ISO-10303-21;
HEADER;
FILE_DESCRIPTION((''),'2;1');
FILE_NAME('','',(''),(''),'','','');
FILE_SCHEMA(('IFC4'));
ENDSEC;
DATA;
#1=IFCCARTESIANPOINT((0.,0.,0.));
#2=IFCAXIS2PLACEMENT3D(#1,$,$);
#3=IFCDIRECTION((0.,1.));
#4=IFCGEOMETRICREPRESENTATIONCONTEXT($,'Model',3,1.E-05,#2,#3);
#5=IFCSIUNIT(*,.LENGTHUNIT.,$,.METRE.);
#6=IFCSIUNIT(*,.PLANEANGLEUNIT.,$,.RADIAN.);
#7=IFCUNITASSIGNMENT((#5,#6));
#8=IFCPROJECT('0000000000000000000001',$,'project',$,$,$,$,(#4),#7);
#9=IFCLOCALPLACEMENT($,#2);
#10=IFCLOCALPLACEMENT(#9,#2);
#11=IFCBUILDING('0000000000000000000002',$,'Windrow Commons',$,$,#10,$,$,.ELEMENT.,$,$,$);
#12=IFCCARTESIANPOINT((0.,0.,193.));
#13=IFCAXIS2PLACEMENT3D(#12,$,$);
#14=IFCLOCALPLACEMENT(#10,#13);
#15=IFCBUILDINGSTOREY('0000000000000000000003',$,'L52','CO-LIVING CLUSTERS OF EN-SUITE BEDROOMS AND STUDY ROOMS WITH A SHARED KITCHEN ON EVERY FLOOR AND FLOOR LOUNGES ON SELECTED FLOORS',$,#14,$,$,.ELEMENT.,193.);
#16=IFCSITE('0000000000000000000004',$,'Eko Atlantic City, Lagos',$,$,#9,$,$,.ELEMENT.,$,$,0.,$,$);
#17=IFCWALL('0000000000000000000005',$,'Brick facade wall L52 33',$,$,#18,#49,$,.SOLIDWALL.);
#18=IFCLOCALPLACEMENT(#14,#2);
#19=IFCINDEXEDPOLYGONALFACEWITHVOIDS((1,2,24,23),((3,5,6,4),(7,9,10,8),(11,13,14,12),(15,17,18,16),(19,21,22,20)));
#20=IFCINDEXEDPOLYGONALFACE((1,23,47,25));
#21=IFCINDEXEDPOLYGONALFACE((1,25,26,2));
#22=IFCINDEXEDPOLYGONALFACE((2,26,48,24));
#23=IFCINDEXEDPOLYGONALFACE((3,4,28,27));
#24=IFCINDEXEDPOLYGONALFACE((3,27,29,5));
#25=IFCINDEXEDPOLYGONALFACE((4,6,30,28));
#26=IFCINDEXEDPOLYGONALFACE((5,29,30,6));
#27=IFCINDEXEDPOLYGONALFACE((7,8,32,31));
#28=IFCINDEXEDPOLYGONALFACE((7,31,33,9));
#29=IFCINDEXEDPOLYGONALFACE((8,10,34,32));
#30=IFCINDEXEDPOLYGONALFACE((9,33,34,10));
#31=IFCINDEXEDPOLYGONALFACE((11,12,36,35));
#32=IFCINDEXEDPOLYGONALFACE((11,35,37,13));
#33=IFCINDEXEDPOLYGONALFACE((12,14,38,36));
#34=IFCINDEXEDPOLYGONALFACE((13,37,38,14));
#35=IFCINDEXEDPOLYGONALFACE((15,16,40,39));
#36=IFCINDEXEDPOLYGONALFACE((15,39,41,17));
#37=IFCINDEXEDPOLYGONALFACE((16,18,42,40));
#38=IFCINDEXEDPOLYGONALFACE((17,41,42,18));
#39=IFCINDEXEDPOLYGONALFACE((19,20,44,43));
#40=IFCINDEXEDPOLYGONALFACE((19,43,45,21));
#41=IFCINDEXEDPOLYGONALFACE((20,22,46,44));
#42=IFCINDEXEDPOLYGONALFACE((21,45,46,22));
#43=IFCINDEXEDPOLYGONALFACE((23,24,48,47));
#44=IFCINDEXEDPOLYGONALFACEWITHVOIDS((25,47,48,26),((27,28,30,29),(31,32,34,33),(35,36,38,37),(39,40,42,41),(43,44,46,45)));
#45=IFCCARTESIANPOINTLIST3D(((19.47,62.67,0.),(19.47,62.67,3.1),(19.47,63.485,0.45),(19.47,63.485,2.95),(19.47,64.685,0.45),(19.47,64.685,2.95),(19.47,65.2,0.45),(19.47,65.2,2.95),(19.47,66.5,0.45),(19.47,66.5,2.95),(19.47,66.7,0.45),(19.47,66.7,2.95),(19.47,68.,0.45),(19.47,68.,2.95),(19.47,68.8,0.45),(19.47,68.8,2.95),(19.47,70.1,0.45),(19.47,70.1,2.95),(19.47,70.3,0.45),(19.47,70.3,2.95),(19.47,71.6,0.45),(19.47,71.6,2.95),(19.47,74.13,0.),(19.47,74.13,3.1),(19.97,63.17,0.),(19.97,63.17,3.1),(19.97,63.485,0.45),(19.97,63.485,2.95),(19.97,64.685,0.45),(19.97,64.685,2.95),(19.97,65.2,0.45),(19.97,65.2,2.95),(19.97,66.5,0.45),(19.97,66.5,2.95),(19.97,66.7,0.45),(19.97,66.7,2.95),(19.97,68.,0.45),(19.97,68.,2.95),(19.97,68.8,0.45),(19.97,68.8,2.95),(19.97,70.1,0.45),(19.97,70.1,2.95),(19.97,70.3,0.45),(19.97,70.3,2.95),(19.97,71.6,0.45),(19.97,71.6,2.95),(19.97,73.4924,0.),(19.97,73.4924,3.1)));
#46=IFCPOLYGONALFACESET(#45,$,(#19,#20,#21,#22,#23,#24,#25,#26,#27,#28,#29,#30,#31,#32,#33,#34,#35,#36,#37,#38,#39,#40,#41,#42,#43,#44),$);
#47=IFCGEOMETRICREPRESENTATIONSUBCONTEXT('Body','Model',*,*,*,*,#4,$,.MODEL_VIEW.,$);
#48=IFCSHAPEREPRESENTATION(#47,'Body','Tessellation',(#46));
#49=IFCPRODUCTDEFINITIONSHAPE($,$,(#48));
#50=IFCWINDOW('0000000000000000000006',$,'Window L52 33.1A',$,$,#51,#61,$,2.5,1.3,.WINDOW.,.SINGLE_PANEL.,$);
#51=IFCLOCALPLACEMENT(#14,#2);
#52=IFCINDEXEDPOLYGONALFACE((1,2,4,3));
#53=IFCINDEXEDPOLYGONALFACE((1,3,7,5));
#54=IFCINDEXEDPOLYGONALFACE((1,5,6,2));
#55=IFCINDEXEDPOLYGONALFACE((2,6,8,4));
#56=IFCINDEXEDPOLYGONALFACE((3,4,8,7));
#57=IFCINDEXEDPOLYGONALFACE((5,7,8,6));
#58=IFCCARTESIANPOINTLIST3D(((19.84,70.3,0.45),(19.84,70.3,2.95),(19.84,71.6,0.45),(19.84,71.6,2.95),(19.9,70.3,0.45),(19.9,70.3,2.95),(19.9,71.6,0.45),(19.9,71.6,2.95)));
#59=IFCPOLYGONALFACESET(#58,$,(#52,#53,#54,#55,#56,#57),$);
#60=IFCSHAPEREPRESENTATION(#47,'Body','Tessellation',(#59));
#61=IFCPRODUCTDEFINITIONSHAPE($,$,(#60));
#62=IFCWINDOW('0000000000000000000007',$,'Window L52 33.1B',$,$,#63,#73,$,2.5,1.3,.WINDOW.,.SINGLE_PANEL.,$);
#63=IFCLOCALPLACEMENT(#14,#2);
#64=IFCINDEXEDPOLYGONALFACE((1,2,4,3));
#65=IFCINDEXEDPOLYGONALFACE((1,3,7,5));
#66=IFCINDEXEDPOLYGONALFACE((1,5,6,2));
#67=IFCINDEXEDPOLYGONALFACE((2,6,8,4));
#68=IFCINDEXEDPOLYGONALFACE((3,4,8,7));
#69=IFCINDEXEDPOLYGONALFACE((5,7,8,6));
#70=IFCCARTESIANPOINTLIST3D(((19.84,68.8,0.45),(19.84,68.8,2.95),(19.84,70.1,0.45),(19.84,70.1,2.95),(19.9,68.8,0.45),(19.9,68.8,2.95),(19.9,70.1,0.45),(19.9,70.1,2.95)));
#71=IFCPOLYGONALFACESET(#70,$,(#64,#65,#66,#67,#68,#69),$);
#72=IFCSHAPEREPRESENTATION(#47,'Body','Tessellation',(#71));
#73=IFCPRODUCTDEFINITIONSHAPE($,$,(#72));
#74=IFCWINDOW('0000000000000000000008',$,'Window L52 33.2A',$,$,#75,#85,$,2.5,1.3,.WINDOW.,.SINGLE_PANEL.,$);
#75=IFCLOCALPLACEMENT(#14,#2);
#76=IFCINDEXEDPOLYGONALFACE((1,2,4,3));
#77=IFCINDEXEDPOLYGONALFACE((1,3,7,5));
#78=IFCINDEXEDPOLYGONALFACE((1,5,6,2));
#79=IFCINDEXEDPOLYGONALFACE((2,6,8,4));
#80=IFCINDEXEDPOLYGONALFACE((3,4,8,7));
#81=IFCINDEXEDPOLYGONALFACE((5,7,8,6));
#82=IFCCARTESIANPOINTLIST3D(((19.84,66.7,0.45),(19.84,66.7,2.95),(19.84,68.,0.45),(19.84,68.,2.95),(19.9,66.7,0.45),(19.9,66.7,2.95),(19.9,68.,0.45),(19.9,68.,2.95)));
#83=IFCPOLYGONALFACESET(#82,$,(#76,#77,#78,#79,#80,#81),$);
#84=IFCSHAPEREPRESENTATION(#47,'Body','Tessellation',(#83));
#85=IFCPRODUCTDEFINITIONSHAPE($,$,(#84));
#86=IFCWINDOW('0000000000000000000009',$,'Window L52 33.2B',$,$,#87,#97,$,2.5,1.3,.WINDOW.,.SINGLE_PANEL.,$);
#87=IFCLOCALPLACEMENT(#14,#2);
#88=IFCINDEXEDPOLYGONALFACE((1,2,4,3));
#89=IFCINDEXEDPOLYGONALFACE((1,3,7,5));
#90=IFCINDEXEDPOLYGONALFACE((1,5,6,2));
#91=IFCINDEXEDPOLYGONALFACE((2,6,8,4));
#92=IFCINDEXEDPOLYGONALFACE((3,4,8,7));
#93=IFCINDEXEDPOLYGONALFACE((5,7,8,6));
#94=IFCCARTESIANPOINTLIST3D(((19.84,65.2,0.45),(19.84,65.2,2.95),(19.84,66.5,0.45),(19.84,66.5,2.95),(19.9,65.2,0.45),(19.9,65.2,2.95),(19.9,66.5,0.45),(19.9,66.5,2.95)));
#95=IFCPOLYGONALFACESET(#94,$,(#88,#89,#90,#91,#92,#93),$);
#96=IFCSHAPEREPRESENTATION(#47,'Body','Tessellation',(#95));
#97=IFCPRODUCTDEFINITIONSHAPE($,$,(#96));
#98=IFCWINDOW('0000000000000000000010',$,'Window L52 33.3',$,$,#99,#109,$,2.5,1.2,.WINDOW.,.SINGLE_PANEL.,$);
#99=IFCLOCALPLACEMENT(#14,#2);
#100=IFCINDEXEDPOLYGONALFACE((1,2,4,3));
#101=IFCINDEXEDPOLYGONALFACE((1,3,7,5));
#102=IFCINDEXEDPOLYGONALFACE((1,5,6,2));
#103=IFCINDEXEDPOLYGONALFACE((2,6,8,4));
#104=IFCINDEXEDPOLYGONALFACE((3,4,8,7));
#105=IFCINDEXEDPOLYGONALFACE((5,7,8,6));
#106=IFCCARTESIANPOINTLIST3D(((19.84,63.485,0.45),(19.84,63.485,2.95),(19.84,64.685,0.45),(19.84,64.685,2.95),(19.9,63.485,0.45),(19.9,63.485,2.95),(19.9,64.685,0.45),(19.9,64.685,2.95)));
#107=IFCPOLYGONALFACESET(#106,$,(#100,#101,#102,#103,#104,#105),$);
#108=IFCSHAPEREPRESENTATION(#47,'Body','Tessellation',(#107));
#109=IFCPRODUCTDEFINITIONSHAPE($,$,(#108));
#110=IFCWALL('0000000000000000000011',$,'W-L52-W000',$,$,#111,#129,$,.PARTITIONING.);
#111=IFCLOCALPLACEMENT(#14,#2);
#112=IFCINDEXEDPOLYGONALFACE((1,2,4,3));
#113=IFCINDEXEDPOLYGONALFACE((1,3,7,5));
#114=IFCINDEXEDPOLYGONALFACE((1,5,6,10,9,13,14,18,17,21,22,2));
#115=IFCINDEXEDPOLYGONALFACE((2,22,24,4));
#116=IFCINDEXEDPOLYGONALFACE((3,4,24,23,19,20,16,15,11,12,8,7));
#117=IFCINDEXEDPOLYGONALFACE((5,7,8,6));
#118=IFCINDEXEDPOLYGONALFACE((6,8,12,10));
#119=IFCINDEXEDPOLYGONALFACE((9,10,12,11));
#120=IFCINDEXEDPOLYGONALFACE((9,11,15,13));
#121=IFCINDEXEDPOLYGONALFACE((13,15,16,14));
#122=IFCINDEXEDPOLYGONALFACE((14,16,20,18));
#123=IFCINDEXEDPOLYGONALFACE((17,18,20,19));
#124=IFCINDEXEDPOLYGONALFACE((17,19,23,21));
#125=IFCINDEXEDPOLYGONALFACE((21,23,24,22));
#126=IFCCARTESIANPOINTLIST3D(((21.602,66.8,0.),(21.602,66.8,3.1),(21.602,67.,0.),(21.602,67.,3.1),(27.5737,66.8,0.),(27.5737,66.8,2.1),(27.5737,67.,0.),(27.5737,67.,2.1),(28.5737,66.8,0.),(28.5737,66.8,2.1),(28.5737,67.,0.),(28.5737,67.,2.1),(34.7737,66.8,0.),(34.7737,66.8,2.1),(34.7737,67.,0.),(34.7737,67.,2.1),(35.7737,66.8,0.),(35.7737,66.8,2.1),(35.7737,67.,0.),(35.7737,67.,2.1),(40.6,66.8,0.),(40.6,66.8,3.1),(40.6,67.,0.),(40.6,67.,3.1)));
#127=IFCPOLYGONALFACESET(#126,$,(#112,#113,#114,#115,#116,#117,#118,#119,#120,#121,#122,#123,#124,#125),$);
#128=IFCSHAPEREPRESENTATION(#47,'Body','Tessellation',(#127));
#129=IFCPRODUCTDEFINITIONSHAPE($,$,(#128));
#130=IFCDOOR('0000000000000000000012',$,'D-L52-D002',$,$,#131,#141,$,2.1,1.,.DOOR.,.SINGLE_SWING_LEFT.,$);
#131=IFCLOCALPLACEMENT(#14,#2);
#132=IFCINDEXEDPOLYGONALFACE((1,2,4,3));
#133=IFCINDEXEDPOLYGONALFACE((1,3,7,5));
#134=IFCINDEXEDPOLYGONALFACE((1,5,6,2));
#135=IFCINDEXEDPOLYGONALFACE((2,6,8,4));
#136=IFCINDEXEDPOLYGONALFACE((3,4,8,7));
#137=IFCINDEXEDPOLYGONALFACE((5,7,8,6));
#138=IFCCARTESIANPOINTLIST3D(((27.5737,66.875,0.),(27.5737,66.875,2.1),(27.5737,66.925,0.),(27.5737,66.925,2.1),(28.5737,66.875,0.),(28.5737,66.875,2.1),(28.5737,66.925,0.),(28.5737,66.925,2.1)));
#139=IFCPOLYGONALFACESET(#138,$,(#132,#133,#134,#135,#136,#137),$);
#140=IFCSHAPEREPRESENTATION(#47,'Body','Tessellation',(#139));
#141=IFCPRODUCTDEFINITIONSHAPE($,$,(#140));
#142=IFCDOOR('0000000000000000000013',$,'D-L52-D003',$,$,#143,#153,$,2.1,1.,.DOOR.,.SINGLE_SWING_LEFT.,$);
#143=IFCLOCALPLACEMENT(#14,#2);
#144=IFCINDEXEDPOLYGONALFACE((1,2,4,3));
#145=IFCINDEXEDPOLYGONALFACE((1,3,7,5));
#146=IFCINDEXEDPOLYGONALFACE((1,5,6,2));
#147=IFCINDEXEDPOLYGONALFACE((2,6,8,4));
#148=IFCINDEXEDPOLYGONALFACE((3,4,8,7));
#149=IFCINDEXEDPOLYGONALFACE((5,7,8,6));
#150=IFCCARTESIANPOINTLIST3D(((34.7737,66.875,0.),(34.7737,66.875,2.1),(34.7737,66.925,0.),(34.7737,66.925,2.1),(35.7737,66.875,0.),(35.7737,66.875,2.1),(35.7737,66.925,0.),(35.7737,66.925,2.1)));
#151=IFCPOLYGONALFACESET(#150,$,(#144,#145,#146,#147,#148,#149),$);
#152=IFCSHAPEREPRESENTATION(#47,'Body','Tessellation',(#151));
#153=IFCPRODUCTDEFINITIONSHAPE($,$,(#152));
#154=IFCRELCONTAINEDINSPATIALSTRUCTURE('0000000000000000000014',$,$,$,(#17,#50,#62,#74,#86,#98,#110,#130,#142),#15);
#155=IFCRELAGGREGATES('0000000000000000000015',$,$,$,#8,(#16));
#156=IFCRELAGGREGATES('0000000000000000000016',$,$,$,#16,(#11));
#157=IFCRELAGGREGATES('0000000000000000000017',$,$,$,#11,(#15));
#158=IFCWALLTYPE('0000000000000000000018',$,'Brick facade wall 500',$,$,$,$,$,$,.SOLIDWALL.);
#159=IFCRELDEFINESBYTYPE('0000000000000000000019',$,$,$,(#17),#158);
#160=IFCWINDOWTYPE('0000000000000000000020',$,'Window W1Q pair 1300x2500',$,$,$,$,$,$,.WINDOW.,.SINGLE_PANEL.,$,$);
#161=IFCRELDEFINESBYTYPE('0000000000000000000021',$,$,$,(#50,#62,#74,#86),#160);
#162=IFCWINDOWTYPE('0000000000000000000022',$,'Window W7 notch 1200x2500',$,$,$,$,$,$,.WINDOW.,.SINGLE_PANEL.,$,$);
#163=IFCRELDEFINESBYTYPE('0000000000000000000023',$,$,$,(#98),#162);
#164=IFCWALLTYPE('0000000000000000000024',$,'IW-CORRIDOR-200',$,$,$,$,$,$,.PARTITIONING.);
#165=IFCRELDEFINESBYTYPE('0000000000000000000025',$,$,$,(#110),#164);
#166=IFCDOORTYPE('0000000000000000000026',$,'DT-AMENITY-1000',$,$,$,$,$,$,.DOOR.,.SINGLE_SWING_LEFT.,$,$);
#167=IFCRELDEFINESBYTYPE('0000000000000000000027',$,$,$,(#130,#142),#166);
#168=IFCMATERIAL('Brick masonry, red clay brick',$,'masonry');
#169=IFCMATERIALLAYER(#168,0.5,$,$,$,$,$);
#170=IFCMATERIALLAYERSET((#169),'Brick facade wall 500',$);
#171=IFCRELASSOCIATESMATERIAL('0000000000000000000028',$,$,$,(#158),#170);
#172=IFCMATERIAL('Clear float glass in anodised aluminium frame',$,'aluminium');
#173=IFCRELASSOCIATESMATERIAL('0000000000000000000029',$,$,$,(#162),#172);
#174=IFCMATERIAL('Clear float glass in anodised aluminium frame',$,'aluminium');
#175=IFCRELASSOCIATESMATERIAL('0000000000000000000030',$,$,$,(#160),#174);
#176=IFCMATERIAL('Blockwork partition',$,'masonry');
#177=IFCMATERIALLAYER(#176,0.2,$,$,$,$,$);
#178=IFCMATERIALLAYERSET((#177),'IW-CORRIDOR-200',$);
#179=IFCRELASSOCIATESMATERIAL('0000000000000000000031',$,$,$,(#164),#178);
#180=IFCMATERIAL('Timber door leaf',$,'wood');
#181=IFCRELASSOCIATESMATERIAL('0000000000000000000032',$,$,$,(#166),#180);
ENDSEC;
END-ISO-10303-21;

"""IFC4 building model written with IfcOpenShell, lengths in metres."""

from ifc_helpers import new_model, si_unit, direction, frame, frame_2d, origin, place, context, subcontext, project, spatial, polyline, rectangle, outline, extrude, material, layer, layer_set, type_object, element, fill, save


model = new_model("IFC4")

# Units and contexts
model_context = context("Model", 3, precision=1e-05, world=origin(), true_north=direction((0.0, 1.0)))
body_context = subcontext(model_context, "Body", "Model", "MODEL_VIEW")
ifc_project = project(units=[si_unit("LENGTHUNIT", "METRE"), si_unit("PLANEANGLEUNIT", "RADIAN")], contexts=[model_context])

# Site, building, storey
site_placement = place(None, origin())
site = spatial("IfcSite", under=ifc_project, at=site_placement, Name="Eko Atlantic City, Lagos", CompositionType="ELEMENT", RefElevation=0.0)
building_placement = place(site_placement, origin())
building = spatial("IfcBuilding", under=site, at=building_placement, Name="Windrow Commons", CompositionType="ELEMENT")
storey_placement = place(building_placement, frame((0.0, 0.0, 193.0)))
storey = spatial("IfcBuildingStorey", under=building, at=storey_placement, Name="L52", Description="CO-LIVING CLUSTERS OF EN-SUITE BEDROOMS AND STUDY ROOMS WITH A SHARED KITCHEN ON EVERY FLOOR AND FLOOR LOUNGES ON SELECTED FLOORS", CompositionType="ELEMENT", Elevation=193.0)

# Wall, openings, windows
ifc_material_1 = material(Name="Brick masonry, red clay brick", Category="masonry")
ifc_layer_1 = layer(ifc_material_1, 0.5)
ifc_layer_set_1 = layer_set([ifc_layer_1], Name="Brick facade wall 500")
wall_type_1 = type_object("IfcWallType", Name="Brick facade wall 500", PredefinedType="SOLIDWALL", material=ifc_layer_set_1)
ifc_material_2 = material(Name="Clear float glass in anodised aluminium frame", Category="aluminium")
window_type_1 = type_object("IfcWindowType", Name="Window W7 notch 1200x2500", PartitioningType="SINGLE_PANEL", PredefinedType="WINDOW", material=ifc_material_2)
wall_1_placement = place(storey_placement, frame((19.72, 73.8112, 0.0), z_axis=(0.0, 0.0, 1.0), x_axis=(0.0, -1.0, 0.0)))
wall_1 = element("IfcWall", 1, at=wall_1_placement, inside=storey, type_object=wall_type_1, Name="Brick facade wall L52 33", PredefinedType="SOLIDWALL", context=body_context, shape_type="SweptSolid", body=[
    extrude(outline(polyline([(-0.3188, -0.25), (11.1412, -0.25), (10.6412, 0.25), (0.3188, 0.25), (-0.3188, -0.25)])), origin(), (0.0, 0.0, 1.0), 3.1),
])
opening_1_placement = place(wall_1_placement, frame((2.2112, 0.0, 0.45)))
opening_1 = element("IfcOpeningElement", 2, at=opening_1_placement, cuts=wall_1, PredefinedType="OPENING", context=body_context, shape_type="SweptSolid", body=[
    extrude(rectangle(XDim=1.3, YDim=2.5, at=frame_2d((0.65, 1.25))), frame((0.0, 0.26, 0.0), z_axis=(0.0, -1.0, 0.0), x_axis=(1.0, 0.0, 0.0)), (0.0, 0.0, 1.0), 0.52),
])
opening_2_placement = place(wall_1_placement, frame((3.7112, 0.0, 0.45)))
opening_2 = element("IfcOpeningElement", 3, at=opening_2_placement, cuts=wall_1, PredefinedType="OPENING", context=body_context, shape_type="SweptSolid", body=[
    extrude(rectangle(XDim=1.3, YDim=2.5, at=frame_2d((0.65, 1.25))), frame((0.0, 0.26, 0.0), z_axis=(0.0, -1.0, 0.0), x_axis=(1.0, 0.0, 0.0)), (0.0, 0.0, 1.0), 0.52),
])
opening_3_placement = place(wall_1_placement, frame((5.8112, 0.0, 0.45)))
opening_3 = element("IfcOpeningElement", 4, at=opening_3_placement, cuts=wall_1, PredefinedType="OPENING", context=body_context, shape_type="SweptSolid", body=[
    extrude(rectangle(XDim=1.3, YDim=2.5, at=frame_2d((0.65, 1.25))), frame((0.0, 0.26, 0.0), z_axis=(0.0, -1.0, 0.0), x_axis=(1.0, 0.0, 0.0)), (0.0, 0.0, 1.0), 0.52),
])
opening_4_placement = place(wall_1_placement, frame((7.3112, 0.0, 0.45)))
opening_4 = element("IfcOpeningElement", 5, at=opening_4_placement, cuts=wall_1, PredefinedType="OPENING", context=body_context, shape_type="SweptSolid", body=[
    extrude(rectangle(XDim=1.3, YDim=2.5, at=frame_2d((0.65, 1.25))), frame((0.0, 0.26, 0.0), z_axis=(0.0, -1.0, 0.0), x_axis=(1.0, 0.0, 0.0)), (0.0, 0.0, 1.0), 0.52),
])
opening_5_placement = place(wall_1_placement, frame((9.1262, 0.0, 0.45)))
opening_5 = element("IfcOpeningElement", 6, at=opening_5_placement, cuts=wall_1, PredefinedType="OPENING", context=body_context, shape_type="SweptSolid", body=[
    extrude(rectangle(XDim=1.2, YDim=2.5, at=frame_2d((0.6, 1.25))), frame((0.0, 0.26, 0.0), z_axis=(0.0, -1.0, 0.0), x_axis=(1.0, 0.0, 0.0)), (0.0, 0.0, 1.0), 0.52),
])
ifc_material_3 = material(Name="Clear float glass in anodised aluminium frame", Category="aluminium")
window_type_2 = type_object("IfcWindowType", Name="Window W1Q pair 1300x2500", PartitioningType="SINGLE_PANEL", PredefinedType="WINDOW", material=ifc_material_3)
window_1_placement = place(opening_1_placement, origin())
window_1 = element("IfcWindow", 7, at=window_1_placement, inside=storey, type_object=window_type_2, Name="Window L52 33.1A", OverallHeight=2.5, OverallWidth=1.3, PartitioningType="SINGLE_PANEL", PredefinedType="WINDOW", context=body_context, shape_type="SweptSolid", body=[
    extrude(rectangle(XDim=1.3, YDim=2.5, at=frame_2d((0.65, 1.25))), frame((0.0, 0.18, 0.0), z_axis=(0.0, -1.0, 0.0), x_axis=(1.0, 0.0, 0.0)), (0.0, 0.0, 1.0), 0.06),
])
fill(opening_1, window_1)
window_2_placement = place(opening_2_placement, origin())
window_2 = element("IfcWindow", 8, at=window_2_placement, inside=storey, type_object=window_type_2, Name="Window L52 33.1B", OverallHeight=2.5, OverallWidth=1.3, PartitioningType="SINGLE_PANEL", PredefinedType="WINDOW", context=body_context, shape_type="SweptSolid", body=[
    extrude(rectangle(XDim=1.3, YDim=2.5, at=frame_2d((0.65, 1.25))), frame((0.0, 0.18, 0.0), z_axis=(0.0, -1.0, 0.0), x_axis=(1.0, 0.0, 0.0)), (0.0, 0.0, 1.0), 0.06),
])
fill(opening_2, window_2)
window_3_placement = place(opening_3_placement, origin())
window_3 = element("IfcWindow", 9, at=window_3_placement, inside=storey, type_object=window_type_2, Name="Window L52 33.2A", OverallHeight=2.5, OverallWidth=1.3, PartitioningType="SINGLE_PANEL", PredefinedType="WINDOW", context=body_context, shape_type="SweptSolid", body=[
    extrude(rectangle(XDim=1.3, YDim=2.5, at=frame_2d((0.65, 1.25))), frame((0.0, 0.18, 0.0), z_axis=(0.0, -1.0, 0.0), x_axis=(1.0, 0.0, 0.0)), (0.0, 0.0, 1.0), 0.06),
])
fill(opening_3, window_3)
window_4_placement = place(opening_4_placement, origin())
window_4 = element("IfcWindow", 10, at=window_4_placement, inside=storey, type_object=window_type_2, Name="Window L52 33.2B", OverallHeight=2.5, OverallWidth=1.3, PartitioningType="SINGLE_PANEL", PredefinedType="WINDOW", context=body_context, shape_type="SweptSolid", body=[
    extrude(rectangle(XDim=1.3, YDim=2.5, at=frame_2d((0.65, 1.25))), frame((0.0, 0.18, 0.0), z_axis=(0.0, -1.0, 0.0), x_axis=(1.0, 0.0, 0.0)), (0.0, 0.0, 1.0), 0.06),
])
fill(opening_4, window_4)
window_5_placement = place(opening_5_placement, origin())
window_5 = element("IfcWindow", 11, at=window_5_placement, inside=storey, type_object=window_type_1, Name="Window L52 33.3", OverallHeight=2.5, OverallWidth=1.2, PartitioningType="SINGLE_PANEL", PredefinedType="WINDOW", context=body_context, shape_type="SweptSolid", body=[
    extrude(rectangle(XDim=1.2, YDim=2.5, at=frame_2d((0.6, 1.25))), frame((0.0, 0.18, 0.0), z_axis=(0.0, -1.0, 0.0), x_axis=(1.0, 0.0, 0.0)), (0.0, 0.0, 1.0), 0.06),
])
fill(opening_5, window_5)

# Wall, openings, doors
ifc_material_4 = material(Name="Blockwork partition", Category="masonry")
ifc_layer_2 = layer(ifc_material_4, 0.2)
ifc_layer_set_2 = layer_set([ifc_layer_2], Name="IW-CORRIDOR-200")
wall_type_2 = type_object("IfcWallType", Name="IW-CORRIDOR-200", PredefinedType="PARTITIONING", material=ifc_layer_set_2)
wall_2_placement = place(storey_placement, frame((21.602, 66.9, 0.0), z_axis=(0.0, 0.0, 1.0), x_axis=(1.0, 0.0, 0.0)))
wall_2 = element("IfcWall", 12, at=wall_2_placement, inside=storey, type_object=wall_type_2, Name="W-L52-W000", PredefinedType="PARTITIONING", context=body_context, shape_type="SweptSolid", body=[
    extrude(rectangle(XDim=18.998, YDim=0.2, at=frame_2d((9.499, 0.0))), origin(), (0.0, 0.0, 1.0), 3.1),
])
opening_6_placement = place(wall_2_placement, frame((5.9717, 0.0, 0.0)))
opening_6 = element("IfcOpeningElement", 13, at=opening_6_placement, cuts=wall_2, PredefinedType="OPENING", context=body_context, shape_type="SweptSolid", body=[
    extrude(rectangle(XDim=1.0, YDim=2.1, at=frame_2d((0.5, 1.05))), frame((0.0, 0.11, 0.0), z_axis=(0.0, -1.0, 0.0), x_axis=(1.0, 0.0, 0.0)), (0.0, 0.0, 1.0), 0.22),
])
opening_7_placement = place(wall_2_placement, frame((13.1717, 0.0, 0.0)))
opening_7 = element("IfcOpeningElement", 14, at=opening_7_placement, cuts=wall_2, PredefinedType="OPENING", context=body_context, shape_type="SweptSolid", body=[
    extrude(rectangle(XDim=1.0, YDim=2.1, at=frame_2d((0.5, 1.05))), frame((0.0, 0.11, 0.0), z_axis=(0.0, -1.0, 0.0), x_axis=(1.0, 0.0, 0.0)), (0.0, 0.0, 1.0), 0.22),
])
ifc_material_5 = material(Name="Timber door leaf", Category="wood")
door_type = type_object("IfcDoorType", Name="DT-AMENITY-1000", OperationType="SINGLE_SWING_LEFT", PredefinedType="DOOR", material=ifc_material_5)
door_1_placement = place(opening_6_placement, origin())
door_1 = element("IfcDoor", 15, at=door_1_placement, inside=storey, type_object=door_type, Name="D-L52-D002", OperationType="SINGLE_SWING_LEFT", OverallHeight=2.1, OverallWidth=1.0, PredefinedType="DOOR", context=body_context, shape_type="SweptSolid", body=[
    extrude(rectangle(XDim=1.0, YDim=2.1, at=frame_2d((0.5, 1.05))), frame((0.0, 0.025, 0.0), z_axis=(0.0, -1.0, 0.0), x_axis=(1.0, 0.0, 0.0)), (0.0, 0.0, 1.0), 0.05),
])
fill(opening_6, door_1)
door_2_placement = place(opening_7_placement, origin())
door_2 = element("IfcDoor", 16, at=door_2_placement, inside=storey, type_object=door_type, Name="D-L52-D003", OperationType="SINGLE_SWING_LEFT", OverallHeight=2.1, OverallWidth=1.0, PredefinedType="DOOR", context=body_context, shape_type="SweptSolid", body=[
    extrude(rectangle(XDim=1.0, YDim=2.1, at=frame_2d((0.5, 1.05))), frame((0.0, 0.025, 0.0), z_axis=(0.0, -1.0, 0.0), x_axis=(1.0, 0.0, 0.0)), (0.0, 0.0, 1.0), 0.05),
])
fill(opening_7, door_2)

save(model, "model.ifc")
